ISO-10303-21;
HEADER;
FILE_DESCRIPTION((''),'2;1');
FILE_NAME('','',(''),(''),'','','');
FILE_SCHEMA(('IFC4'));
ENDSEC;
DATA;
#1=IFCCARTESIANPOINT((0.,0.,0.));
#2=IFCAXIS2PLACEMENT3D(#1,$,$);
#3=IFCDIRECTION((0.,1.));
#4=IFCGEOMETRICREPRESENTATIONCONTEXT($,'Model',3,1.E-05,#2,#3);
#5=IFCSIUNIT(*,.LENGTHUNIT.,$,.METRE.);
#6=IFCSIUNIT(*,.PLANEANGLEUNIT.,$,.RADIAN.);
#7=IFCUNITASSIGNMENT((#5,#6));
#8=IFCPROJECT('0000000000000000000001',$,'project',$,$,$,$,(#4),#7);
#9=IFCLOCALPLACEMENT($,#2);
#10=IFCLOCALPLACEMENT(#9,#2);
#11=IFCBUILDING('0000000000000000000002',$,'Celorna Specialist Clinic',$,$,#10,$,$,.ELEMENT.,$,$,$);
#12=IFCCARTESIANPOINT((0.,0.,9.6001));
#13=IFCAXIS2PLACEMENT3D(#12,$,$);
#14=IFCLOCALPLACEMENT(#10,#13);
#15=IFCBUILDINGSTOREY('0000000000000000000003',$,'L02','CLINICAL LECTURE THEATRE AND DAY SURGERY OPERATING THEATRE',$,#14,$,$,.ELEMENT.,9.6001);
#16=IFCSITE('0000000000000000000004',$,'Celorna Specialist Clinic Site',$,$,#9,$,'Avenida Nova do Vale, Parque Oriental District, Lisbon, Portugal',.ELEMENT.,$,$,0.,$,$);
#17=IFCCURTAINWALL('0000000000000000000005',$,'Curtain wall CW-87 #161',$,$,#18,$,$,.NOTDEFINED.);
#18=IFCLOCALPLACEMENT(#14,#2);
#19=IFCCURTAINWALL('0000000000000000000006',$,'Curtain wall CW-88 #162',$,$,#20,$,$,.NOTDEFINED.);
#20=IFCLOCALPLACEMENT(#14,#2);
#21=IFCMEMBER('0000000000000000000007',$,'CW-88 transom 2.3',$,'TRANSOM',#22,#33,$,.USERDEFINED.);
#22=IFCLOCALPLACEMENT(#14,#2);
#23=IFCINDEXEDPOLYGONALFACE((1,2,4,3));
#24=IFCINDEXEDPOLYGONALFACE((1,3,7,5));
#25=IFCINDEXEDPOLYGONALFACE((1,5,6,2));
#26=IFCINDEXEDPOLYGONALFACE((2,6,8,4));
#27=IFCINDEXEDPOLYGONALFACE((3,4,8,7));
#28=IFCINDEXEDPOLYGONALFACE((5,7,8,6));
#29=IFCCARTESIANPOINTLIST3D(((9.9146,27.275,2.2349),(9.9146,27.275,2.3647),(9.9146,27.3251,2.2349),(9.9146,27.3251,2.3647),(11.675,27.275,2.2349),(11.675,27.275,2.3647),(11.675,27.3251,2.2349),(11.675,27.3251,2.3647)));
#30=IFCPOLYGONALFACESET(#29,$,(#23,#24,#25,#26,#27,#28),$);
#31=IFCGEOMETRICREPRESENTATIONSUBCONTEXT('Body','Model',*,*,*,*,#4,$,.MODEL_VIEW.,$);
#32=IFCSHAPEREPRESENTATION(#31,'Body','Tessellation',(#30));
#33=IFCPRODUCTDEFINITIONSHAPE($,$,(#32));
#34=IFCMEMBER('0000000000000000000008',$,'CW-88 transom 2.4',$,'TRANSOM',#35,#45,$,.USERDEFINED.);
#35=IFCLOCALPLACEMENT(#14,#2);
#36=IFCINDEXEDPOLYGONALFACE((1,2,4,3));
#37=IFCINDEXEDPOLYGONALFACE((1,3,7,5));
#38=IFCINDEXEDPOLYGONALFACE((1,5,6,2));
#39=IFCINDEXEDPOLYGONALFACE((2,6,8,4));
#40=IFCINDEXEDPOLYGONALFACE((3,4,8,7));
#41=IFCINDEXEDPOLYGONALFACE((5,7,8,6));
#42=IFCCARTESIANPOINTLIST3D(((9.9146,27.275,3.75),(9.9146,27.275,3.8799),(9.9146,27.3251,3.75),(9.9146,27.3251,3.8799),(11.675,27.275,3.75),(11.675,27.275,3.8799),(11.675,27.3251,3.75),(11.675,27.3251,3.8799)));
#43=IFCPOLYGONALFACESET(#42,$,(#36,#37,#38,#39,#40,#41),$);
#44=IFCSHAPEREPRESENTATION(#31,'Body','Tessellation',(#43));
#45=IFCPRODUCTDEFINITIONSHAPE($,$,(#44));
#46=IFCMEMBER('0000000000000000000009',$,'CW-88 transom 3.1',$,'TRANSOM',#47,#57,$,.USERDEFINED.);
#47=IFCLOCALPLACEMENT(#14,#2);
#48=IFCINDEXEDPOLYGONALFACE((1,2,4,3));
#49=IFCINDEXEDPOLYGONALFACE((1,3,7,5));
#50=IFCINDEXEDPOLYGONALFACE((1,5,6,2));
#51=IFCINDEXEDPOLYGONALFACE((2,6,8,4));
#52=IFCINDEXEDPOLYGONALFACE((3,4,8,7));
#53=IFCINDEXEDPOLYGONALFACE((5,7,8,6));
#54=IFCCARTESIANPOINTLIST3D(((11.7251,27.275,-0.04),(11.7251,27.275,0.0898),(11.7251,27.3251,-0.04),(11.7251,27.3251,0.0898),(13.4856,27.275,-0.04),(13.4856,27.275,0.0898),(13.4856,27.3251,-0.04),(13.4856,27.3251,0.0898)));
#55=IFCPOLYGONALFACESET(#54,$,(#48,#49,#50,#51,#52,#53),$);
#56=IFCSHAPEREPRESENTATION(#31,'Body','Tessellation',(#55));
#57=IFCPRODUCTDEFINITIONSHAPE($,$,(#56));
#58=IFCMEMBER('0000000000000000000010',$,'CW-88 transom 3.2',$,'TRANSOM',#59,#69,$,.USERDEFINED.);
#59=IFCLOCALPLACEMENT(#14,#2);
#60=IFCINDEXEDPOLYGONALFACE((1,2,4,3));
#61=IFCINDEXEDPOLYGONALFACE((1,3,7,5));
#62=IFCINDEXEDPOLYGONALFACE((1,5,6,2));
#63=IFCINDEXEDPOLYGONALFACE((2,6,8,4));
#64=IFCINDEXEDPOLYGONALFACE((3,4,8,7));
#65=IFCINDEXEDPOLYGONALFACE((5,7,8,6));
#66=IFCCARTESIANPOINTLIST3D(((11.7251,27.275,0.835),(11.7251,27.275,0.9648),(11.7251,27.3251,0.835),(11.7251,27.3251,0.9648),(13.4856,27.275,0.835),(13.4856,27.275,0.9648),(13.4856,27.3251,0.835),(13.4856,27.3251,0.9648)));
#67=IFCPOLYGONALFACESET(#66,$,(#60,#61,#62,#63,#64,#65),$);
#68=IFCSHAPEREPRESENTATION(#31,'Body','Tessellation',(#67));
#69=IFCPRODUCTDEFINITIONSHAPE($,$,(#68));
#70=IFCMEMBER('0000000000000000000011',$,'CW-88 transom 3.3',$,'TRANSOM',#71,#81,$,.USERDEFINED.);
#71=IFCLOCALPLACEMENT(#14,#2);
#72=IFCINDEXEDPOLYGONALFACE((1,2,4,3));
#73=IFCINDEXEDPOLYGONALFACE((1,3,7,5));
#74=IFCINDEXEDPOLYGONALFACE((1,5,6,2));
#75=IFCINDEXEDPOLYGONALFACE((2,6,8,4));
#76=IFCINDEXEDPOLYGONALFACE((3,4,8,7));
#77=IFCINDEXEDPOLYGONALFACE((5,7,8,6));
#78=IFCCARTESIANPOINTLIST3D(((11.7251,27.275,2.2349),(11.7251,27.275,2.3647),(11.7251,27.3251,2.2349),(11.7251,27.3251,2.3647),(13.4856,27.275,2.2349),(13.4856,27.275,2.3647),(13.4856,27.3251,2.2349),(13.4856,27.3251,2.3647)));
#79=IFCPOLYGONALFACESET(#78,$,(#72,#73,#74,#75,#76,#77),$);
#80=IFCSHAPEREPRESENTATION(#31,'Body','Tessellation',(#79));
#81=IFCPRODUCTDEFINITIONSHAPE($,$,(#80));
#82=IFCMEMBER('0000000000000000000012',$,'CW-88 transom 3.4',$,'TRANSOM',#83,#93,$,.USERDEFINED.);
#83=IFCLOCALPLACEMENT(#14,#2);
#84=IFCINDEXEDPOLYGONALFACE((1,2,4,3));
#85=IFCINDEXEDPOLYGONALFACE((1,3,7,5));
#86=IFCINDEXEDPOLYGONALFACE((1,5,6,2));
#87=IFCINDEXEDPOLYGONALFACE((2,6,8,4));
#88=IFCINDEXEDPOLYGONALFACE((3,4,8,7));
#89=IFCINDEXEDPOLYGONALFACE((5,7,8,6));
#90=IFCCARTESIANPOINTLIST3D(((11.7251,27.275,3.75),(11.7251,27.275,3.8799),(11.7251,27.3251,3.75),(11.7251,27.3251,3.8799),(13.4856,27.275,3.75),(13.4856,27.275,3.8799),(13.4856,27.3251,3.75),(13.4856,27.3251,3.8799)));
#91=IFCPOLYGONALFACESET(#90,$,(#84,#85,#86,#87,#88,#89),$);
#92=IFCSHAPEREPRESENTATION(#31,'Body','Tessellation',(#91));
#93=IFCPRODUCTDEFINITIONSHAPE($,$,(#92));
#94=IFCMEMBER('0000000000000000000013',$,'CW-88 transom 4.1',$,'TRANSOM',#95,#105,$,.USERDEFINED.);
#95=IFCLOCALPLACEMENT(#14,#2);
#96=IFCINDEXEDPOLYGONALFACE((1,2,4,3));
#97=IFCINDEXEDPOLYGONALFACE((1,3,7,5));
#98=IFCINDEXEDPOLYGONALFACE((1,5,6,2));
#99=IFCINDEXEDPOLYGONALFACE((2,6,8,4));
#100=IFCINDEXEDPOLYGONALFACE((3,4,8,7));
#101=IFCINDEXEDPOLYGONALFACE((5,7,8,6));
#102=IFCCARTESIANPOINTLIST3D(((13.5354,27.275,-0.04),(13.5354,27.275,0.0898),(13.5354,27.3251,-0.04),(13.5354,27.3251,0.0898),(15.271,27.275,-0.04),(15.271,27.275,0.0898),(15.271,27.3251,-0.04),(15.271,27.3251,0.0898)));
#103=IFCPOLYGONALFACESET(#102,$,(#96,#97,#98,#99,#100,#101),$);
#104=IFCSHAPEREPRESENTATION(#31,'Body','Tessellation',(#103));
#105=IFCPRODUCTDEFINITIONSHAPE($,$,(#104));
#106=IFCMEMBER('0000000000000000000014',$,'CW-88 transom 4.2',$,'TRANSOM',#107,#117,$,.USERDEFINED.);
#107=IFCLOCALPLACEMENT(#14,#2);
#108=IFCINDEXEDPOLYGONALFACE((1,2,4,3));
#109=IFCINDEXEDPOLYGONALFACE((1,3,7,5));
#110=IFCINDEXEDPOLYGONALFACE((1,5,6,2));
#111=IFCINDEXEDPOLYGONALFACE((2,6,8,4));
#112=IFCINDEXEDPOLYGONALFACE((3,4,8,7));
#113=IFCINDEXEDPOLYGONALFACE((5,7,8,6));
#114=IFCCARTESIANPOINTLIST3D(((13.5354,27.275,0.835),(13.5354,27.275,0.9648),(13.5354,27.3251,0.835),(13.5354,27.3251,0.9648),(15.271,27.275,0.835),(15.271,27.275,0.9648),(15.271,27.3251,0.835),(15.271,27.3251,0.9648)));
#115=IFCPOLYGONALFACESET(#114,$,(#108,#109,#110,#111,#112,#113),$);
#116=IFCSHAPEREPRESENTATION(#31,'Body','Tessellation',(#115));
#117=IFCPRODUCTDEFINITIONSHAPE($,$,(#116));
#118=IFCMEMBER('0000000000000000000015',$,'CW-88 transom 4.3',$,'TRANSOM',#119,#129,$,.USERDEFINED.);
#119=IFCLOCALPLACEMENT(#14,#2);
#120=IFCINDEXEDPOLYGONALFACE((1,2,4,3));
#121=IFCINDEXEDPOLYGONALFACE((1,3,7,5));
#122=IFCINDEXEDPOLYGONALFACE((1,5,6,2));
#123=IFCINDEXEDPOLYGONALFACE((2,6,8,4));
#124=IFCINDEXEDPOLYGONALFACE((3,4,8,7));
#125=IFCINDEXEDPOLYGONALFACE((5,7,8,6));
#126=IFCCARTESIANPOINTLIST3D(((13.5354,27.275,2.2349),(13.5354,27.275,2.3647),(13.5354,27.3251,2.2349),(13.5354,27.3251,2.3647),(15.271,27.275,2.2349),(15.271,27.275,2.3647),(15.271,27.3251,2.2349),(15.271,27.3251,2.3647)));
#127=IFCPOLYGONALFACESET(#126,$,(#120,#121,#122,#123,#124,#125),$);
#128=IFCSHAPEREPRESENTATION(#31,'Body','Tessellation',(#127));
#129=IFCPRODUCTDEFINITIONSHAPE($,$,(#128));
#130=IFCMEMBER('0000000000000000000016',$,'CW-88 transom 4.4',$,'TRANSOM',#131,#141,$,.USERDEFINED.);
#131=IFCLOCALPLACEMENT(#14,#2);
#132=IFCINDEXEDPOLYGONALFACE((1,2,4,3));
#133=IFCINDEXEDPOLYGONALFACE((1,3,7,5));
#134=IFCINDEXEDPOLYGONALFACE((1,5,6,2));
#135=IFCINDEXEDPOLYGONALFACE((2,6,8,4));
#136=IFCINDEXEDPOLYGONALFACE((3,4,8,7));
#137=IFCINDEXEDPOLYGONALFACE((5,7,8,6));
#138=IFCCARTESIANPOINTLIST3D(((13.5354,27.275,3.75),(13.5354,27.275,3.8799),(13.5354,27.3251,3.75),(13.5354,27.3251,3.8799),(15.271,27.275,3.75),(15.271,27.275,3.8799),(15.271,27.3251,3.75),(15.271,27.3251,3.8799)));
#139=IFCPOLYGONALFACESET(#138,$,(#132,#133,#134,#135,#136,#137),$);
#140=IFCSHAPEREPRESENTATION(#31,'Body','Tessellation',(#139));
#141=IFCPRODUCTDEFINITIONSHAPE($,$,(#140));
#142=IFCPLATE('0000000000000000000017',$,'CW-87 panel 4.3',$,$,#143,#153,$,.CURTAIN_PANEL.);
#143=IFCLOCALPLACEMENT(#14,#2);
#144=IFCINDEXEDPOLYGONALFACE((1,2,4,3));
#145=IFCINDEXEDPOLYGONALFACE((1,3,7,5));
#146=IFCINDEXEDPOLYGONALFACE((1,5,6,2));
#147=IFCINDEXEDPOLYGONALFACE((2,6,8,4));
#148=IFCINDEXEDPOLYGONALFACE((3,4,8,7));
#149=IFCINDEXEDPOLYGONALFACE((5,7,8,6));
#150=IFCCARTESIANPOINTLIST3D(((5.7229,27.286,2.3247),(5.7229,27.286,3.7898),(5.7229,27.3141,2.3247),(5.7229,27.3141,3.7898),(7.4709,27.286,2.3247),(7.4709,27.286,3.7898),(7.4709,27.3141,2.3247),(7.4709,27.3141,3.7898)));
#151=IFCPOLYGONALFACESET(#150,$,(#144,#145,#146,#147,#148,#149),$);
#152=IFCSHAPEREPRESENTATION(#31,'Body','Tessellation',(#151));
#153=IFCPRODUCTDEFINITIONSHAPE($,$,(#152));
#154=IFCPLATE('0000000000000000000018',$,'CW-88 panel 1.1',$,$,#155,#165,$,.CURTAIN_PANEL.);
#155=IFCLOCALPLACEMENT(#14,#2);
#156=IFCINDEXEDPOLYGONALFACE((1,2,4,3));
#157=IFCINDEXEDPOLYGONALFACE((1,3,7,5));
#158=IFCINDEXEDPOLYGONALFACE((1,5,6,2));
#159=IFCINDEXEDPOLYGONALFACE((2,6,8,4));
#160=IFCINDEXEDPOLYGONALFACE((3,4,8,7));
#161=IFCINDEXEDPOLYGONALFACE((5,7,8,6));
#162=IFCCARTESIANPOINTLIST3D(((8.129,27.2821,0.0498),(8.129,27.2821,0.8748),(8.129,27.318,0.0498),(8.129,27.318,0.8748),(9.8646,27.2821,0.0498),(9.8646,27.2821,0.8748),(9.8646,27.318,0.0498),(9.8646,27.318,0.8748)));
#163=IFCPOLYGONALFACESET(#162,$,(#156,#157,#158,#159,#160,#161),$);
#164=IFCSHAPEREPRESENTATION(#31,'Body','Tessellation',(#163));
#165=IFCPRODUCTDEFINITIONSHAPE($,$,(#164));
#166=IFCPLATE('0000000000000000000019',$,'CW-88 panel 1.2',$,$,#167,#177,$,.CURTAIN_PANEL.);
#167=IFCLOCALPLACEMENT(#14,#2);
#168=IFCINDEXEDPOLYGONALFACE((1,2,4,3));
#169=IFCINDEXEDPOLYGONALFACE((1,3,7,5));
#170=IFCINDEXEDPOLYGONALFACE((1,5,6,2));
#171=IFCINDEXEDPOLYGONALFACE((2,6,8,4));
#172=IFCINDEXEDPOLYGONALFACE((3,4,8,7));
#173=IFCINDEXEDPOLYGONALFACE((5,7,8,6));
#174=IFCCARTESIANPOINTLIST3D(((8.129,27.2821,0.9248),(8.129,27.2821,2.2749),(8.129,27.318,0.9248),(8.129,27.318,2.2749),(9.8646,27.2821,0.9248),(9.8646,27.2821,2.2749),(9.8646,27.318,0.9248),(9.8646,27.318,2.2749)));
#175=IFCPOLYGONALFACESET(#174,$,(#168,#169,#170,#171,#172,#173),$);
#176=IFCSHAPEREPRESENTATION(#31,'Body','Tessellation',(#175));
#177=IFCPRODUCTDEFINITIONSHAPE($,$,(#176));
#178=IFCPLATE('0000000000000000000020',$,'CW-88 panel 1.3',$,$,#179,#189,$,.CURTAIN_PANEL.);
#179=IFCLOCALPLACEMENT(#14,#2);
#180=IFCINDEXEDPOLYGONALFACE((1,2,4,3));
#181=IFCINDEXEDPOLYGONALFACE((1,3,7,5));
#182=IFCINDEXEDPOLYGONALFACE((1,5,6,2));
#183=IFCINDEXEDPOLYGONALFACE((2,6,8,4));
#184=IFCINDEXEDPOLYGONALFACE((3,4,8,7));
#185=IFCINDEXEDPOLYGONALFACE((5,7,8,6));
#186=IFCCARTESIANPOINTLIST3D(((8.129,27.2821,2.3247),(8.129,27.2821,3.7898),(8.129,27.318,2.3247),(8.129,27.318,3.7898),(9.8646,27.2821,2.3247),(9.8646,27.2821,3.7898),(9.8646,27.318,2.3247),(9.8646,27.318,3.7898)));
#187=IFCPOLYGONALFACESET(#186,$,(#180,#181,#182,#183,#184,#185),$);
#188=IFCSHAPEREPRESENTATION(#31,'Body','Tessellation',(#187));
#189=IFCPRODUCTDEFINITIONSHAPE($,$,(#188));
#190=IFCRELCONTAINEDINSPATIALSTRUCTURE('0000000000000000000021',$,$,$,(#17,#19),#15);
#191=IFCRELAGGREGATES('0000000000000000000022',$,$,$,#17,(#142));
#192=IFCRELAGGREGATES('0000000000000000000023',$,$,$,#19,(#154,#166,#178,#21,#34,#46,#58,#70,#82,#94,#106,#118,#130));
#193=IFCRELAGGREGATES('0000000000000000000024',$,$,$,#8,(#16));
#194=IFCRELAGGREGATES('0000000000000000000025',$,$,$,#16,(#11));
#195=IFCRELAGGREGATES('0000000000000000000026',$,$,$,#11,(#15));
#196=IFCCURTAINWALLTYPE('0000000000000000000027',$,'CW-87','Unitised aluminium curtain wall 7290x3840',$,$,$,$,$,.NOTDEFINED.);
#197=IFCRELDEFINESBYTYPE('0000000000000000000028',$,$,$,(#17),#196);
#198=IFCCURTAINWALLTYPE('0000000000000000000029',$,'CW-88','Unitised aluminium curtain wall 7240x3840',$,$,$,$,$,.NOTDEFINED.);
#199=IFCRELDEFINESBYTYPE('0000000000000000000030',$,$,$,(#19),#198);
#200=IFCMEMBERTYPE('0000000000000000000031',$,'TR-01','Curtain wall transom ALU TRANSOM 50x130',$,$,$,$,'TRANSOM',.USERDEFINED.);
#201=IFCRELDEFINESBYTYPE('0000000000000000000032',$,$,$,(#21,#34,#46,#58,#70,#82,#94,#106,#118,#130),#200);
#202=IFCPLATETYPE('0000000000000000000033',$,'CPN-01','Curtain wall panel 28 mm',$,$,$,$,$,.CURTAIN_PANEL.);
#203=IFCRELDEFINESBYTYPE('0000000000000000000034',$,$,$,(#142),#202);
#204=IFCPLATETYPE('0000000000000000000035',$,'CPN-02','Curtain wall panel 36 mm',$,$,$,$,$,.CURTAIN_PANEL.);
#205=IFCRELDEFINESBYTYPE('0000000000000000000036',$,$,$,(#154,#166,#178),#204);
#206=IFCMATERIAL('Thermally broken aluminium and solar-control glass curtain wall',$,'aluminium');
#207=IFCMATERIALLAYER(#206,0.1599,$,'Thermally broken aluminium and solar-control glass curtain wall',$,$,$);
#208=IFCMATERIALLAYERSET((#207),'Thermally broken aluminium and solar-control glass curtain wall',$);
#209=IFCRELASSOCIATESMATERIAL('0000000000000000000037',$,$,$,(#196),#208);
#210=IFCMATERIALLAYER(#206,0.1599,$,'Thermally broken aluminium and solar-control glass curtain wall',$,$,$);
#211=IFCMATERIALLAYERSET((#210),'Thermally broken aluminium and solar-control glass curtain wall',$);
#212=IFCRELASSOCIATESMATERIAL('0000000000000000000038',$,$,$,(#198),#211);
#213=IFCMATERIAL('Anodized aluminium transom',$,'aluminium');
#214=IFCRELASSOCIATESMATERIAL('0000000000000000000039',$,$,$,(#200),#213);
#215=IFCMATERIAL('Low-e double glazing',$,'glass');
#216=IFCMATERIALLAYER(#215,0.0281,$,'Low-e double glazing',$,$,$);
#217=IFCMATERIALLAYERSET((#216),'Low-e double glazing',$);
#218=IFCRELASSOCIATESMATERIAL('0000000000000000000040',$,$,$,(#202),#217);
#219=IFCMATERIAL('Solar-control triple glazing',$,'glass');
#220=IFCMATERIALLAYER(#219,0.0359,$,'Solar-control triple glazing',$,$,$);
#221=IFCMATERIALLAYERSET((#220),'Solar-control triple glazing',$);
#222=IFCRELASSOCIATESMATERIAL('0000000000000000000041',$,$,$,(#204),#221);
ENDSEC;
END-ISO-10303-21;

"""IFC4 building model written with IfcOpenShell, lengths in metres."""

from ifc_helpers import new_model, si_unit, direction, frame, origin, origin_2d, place, context, subcontext, project, spatial, rectangle, extrude, material, layer, layer_set, material_profile, profile_set, type_object, element, aggregate, save


model = new_model("IFC4")

# Units and contexts
model_context = context("Model", 3, precision=1e-05, world=origin(), true_north=direction((0.0, 1.0)))
body_context = subcontext(model_context, "Body", "Model", "MODEL_VIEW")
ifc_project = project(units=[si_unit("LENGTHUNIT", "METRE"), si_unit("PLANEANGLEUNIT", "RADIAN")], contexts=[model_context])

# Site, building, storey
site_placement = place(None, origin())
site = spatial("IfcSite", under=ifc_project, at=site_placement, Name="Celorna Specialist Clinic Site", LongName="Avenida Nova do Vale, Parque Oriental District, Lisbon, Portugal", CompositionType="ELEMENT", RefElevation=0.0)
building_placement = place(site_placement, origin())
building = spatial("IfcBuilding", under=site, at=building_placement, Name="Celorna Specialist Clinic", CompositionType="ELEMENT")
storey_placement = place(building_placement, frame((0.0, 0.0, 9.6001)))
storey = spatial("IfcBuildingStorey", under=building, at=storey_placement, Name="L02", Description="CLINICAL LECTURE THEATRE AND DAY SURGERY OPERATING THEATRE", CompositionType="ELEMENT", Elevation=9.6001)

# Curtain wall
ifc_material_1 = material(Name="Thermally broken aluminium and solar-control glass curtain wall", Category="aluminium")
ifc_layer_1 = layer(ifc_material_1, 0.1599, Name="Thermally broken aluminium and solar-control glass curtain wall")
ifc_layer_set_1 = layer_set([ifc_layer_1], Name="Thermally broken aluminium and solar-control glass curtain wall")
curtain_wall_type_1 = type_object("IfcCurtainWallType", Name="CW-87", Description="Unitised aluminium curtain wall 7290x3840", PredefinedType="NOTDEFINED", material=ifc_layer_set_1)
curtain_wall_1_placement = place(storey_placement, origin())
curtain_wall_1 = element("IfcCurtainWall", 1, at=curtain_wall_1_placement, inside=storey, type_object=curtain_wall_type_1, Name="Curtain wall CW-87 #161", PredefinedType="NOTDEFINED")

# Curtain wall, members
ifc_layer_2 = layer(ifc_material_1, 0.1599, Name="Thermally broken aluminium and solar-control glass curtain wall")
ifc_layer_set_2 = layer_set([ifc_layer_2], Name="Thermally broken aluminium and solar-control glass curtain wall")
curtain_wall_type_2 = type_object("IfcCurtainWallType", Name="CW-88", Description="Unitised aluminium curtain wall 7240x3840", PredefinedType="NOTDEFINED", material=ifc_layer_set_2)
curtain_wall_2_placement = place(storey_placement, origin())
curtain_wall_2 = element("IfcCurtainWall", 2, at=curtain_wall_2_placement, inside=storey, type_object=curtain_wall_type_2, Name="Curtain wall CW-88 #162", PredefinedType="NOTDEFINED")
ifc_material_2 = material(Name="Anodized aluminium transom", Category="aluminium")
ifc_material_profile_1 = material_profile(ifc_material_2, rectangle(XDim=0.05, YDim=0.1299, at=origin_2d()), Name="ALU TRANSOM 50x130")
ifc_profile_set_1 = profile_set([ifc_material_profile_1], Name="Anodized aluminium transom")
member_type_1 = type_object("IfcMemberType", Name="TR-01", Description="Curtain wall transom ALU TRANSOM 50x130", ElementType="TRANSOM", PredefinedType="USERDEFINED", material=ifc_profile_set_1)
member_1_placement = place(storey_placement, frame((9.9146, 27.3, 2.2998), z_axis=(1.0, 0.0, 0.0), x_axis=(0.0, 1.0, 0.0)))
member_1 = element("IfcMember", 3, at=member_1_placement, type_object=member_type_1, Name="CW-88 transom 2.3", ObjectType="TRANSOM", PredefinedType="USERDEFINED", context=body_context, shape_type="SweptSolid", body=[
    extrude(rectangle(XDim=0.05, YDim=0.1299, at=origin_2d()), origin(), (0.0, 0.0, 1.0), 1.7605),
])
member_2_placement = place(storey_placement, frame((9.9146, 27.3, 3.8149), z_axis=(1.0, 0.0, 0.0), x_axis=(0.0, 1.0, 0.0)))
member_2 = element("IfcMember", 4, at=member_2_placement, type_object=member_type_1, Name="CW-88 transom 2.4", ObjectType="TRANSOM", PredefinedType="USERDEFINED", context=body_context, shape_type="SweptSolid", body=[
    extrude(rectangle(XDim=0.05, YDim=0.1299, at=origin_2d()), origin(), (0.0, 0.0, 1.0), 1.7605),
])
member_3_placement = place(storey_placement, frame((11.7251, 27.3, 0.0249), z_axis=(1.0, 0.0, 0.0), x_axis=(0.0, 1.0, 0.0)))
member_3 = element("IfcMember", 5, at=member_3_placement, type_object=member_type_1, Name="CW-88 transom 3.1", ObjectType="TRANSOM", PredefinedType="USERDEFINED", context=body_context, shape_type="SweptSolid", body=[
    extrude(rectangle(XDim=0.05, YDim=0.1299, at=origin_2d()), origin(), (0.0, 0.0, 1.0), 1.7605),
])
member_4_placement = place(storey_placement, frame((11.7251, 27.3, 0.8999), z_axis=(1.0, 0.0, 0.0), x_axis=(0.0, 1.0, 0.0)))
member_4 = element("IfcMember", 6, at=member_4_placement, type_object=member_type_1, Name="CW-88 transom 3.2", ObjectType="TRANSOM", PredefinedType="USERDEFINED", context=body_context, shape_type="SweptSolid", body=[
    extrude(rectangle(XDim=0.05, YDim=0.1299, at=origin_2d()), origin(), (0.0, 0.0, 1.0), 1.7605),
])
member_5_placement = place(storey_placement, frame((11.7251, 27.3, 2.2998), z_axis=(1.0, 0.0, 0.0), x_axis=(0.0, 1.0, 0.0)))
member_5 = element("IfcMember", 7, at=member_5_placement, type_object=member_type_1, Name="CW-88 transom 3.3", ObjectType="TRANSOM", PredefinedType="USERDEFINED", context=body_context, shape_type="SweptSolid", body=[
    extrude(rectangle(XDim=0.05, YDim=0.1299, at=origin_2d()), origin(), (0.0, 0.0, 1.0), 1.7605),
])
member_6_placement = place(storey_placement, frame((11.7251, 27.3, 3.8149), z_axis=(1.0, 0.0, 0.0), x_axis=(0.0, 1.0, 0.0)))
member_6 = element("IfcMember", 8, at=member_6_placement, type_object=member_type_1, Name="CW-88 transom 3.4", ObjectType="TRANSOM", PredefinedType="USERDEFINED", context=body_context, shape_type="SweptSolid", body=[
    extrude(rectangle(XDim=0.05, YDim=0.1299, at=origin_2d()), origin(), (0.0, 0.0, 1.0), 1.7605),
])
member_7_placement = place(storey_placement, frame((13.5354, 27.3, 0.0249), z_axis=(1.0, 0.0, 0.0), x_axis=(0.0, 1.0, 0.0)))
member_7 = element("IfcMember", 9, at=member_7_placement, type_object=member_type_1, Name="CW-88 transom 4.1", ObjectType="TRANSOM", PredefinedType="USERDEFINED", context=body_context, shape_type="SweptSolid", body=[
    extrude(rectangle(XDim=0.05, YDim=0.1299, at=origin_2d()), origin(), (0.0, 0.0, 1.0), 1.7356),
])
member_8_placement = place(storey_placement, frame((13.5354, 27.3, 0.8999), z_axis=(1.0, 0.0, 0.0), x_axis=(0.0, 1.0, 0.0)))
member_8 = element("IfcMember", 10, at=member_8_placement, type_object=member_type_1, Name="CW-88 transom 4.2", ObjectType="TRANSOM", PredefinedType="USERDEFINED", context=body_context, shape_type="SweptSolid", body=[
    extrude(rectangle(XDim=0.05, YDim=0.1299, at=origin_2d()), origin(), (0.0, 0.0, 1.0), 1.7356),
])
member_9_placement = place(storey_placement, frame((13.5354, 27.3, 2.2998), z_axis=(1.0, 0.0, 0.0), x_axis=(0.0, 1.0, 0.0)))
member_9 = element("IfcMember", 11, at=member_9_placement, type_object=member_type_1, Name="CW-88 transom 4.3", ObjectType="TRANSOM", PredefinedType="USERDEFINED", context=body_context, shape_type="SweptSolid", body=[
    extrude(rectangle(XDim=0.05, YDim=0.1299, at=origin_2d()), origin(), (0.0, 0.0, 1.0), 1.7356),
])
member_10_placement = place(storey_placement, frame((13.5354, 27.3, 3.8149), z_axis=(1.0, 0.0, 0.0), x_axis=(0.0, 1.0, 0.0)))
member_10 = element("IfcMember", 12, at=member_10_placement, type_object=member_type_1, Name="CW-88 transom 4.4", ObjectType="TRANSOM", PredefinedType="USERDEFINED", context=body_context, shape_type="SweptSolid", body=[
    extrude(rectangle(XDim=0.05, YDim=0.1299, at=origin_2d()), origin(), (0.0, 0.0, 1.0), 1.7356),
])

# Plates
ifc_material_3 = material(Name="Low-e double glazing", Category="glass")
ifc_layer_3 = layer(ifc_material_3, 0.0281, Name="Low-e double glazing")
ifc_layer_set_3 = layer_set([ifc_layer_3], Name="Low-e double glazing")
plate_type_1 = type_object("IfcPlateType", Name="CPN-01", Description="Curtain wall panel 28 mm", PredefinedType="CURTAIN_PANEL", material=ifc_layer_set_3)
plate_1_placement = place(storey_placement, frame((6.5969, 27.3, 2.3247), z_axis=(0.0, 0.0, 1.0), x_axis=(1.0, 0.0, 0.0)))
plate_1 = element("IfcPlate", 13, at=plate_1_placement, type_object=plate_type_1, Name="CW-87 panel 4.3", PredefinedType="CURTAIN_PANEL", context=body_context, shape_type="SweptSolid", body=[
    extrude(rectangle(XDim=1.748, YDim=0.0281, at=origin_2d()), origin(), (0.0, 0.0, 1.0), 1.4651),
])
aggregate(curtain_wall_1, [plate_1])
ifc_material_4 = material(Name="Solar-control triple glazing", Category="glass")
ifc_layer_4 = layer(ifc_material_4, 0.0359, Name="Solar-control triple glazing")
ifc_layer_set_4 = layer_set([ifc_layer_4], Name="Solar-control triple glazing")
plate_type_2 = type_object("IfcPlateType", Name="CPN-02", Description="Curtain wall panel 36 mm", PredefinedType="CURTAIN_PANEL", material=ifc_layer_set_4)
plate_2_placement = place(storey_placement, frame((8.9968, 27.3, 0.0498), z_axis=(0.0, 0.0, 1.0), x_axis=(1.0, 0.0, 0.0)))
plate_2 = element("IfcPlate", 14, at=plate_2_placement, type_object=plate_type_2, Name="CW-88 panel 1.1", PredefinedType="CURTAIN_PANEL", context=body_context, shape_type="SweptSolid", body=[
    extrude(rectangle(XDim=1.7356, YDim=0.0359, at=origin_2d()), origin(), (0.0, 0.0, 1.0), 0.825),
])
plate_3_placement = place(storey_placement, frame((8.9968, 27.3, 0.9248), z_axis=(0.0, 0.0, 1.0), x_axis=(1.0, 0.0, 0.0)))
plate_3 = element("IfcPlate", 15, at=plate_3_placement, type_object=plate_type_2, Name="CW-88 panel 1.2", PredefinedType="CURTAIN_PANEL", context=body_context, shape_type="SweptSolid", body=[
    extrude(rectangle(XDim=1.7356, YDim=0.0359, at=origin_2d()), origin(), (0.0, 0.0, 1.0), 1.3501),
])
plate_4_placement = place(storey_placement, frame((8.9968, 27.3, 2.3247), z_axis=(0.0, 0.0, 1.0), x_axis=(1.0, 0.0, 0.0)))
plate_4 = element("IfcPlate", 16, at=plate_4_placement, type_object=plate_type_2, Name="CW-88 panel 1.3", PredefinedType="CURTAIN_PANEL", context=body_context, shape_type="SweptSolid", body=[
    extrude(rectangle(XDim=1.7356, YDim=0.0359, at=origin_2d()), origin(), (0.0, 0.0, 1.0), 1.4651),
])
aggregate(curtain_wall_2, [plate_2, plate_3, plate_4, member_1, member_2, member_3, member_4, member_5, member_6, member_7, member_8, member_9, member_10])

save(model, "model.ifc")
